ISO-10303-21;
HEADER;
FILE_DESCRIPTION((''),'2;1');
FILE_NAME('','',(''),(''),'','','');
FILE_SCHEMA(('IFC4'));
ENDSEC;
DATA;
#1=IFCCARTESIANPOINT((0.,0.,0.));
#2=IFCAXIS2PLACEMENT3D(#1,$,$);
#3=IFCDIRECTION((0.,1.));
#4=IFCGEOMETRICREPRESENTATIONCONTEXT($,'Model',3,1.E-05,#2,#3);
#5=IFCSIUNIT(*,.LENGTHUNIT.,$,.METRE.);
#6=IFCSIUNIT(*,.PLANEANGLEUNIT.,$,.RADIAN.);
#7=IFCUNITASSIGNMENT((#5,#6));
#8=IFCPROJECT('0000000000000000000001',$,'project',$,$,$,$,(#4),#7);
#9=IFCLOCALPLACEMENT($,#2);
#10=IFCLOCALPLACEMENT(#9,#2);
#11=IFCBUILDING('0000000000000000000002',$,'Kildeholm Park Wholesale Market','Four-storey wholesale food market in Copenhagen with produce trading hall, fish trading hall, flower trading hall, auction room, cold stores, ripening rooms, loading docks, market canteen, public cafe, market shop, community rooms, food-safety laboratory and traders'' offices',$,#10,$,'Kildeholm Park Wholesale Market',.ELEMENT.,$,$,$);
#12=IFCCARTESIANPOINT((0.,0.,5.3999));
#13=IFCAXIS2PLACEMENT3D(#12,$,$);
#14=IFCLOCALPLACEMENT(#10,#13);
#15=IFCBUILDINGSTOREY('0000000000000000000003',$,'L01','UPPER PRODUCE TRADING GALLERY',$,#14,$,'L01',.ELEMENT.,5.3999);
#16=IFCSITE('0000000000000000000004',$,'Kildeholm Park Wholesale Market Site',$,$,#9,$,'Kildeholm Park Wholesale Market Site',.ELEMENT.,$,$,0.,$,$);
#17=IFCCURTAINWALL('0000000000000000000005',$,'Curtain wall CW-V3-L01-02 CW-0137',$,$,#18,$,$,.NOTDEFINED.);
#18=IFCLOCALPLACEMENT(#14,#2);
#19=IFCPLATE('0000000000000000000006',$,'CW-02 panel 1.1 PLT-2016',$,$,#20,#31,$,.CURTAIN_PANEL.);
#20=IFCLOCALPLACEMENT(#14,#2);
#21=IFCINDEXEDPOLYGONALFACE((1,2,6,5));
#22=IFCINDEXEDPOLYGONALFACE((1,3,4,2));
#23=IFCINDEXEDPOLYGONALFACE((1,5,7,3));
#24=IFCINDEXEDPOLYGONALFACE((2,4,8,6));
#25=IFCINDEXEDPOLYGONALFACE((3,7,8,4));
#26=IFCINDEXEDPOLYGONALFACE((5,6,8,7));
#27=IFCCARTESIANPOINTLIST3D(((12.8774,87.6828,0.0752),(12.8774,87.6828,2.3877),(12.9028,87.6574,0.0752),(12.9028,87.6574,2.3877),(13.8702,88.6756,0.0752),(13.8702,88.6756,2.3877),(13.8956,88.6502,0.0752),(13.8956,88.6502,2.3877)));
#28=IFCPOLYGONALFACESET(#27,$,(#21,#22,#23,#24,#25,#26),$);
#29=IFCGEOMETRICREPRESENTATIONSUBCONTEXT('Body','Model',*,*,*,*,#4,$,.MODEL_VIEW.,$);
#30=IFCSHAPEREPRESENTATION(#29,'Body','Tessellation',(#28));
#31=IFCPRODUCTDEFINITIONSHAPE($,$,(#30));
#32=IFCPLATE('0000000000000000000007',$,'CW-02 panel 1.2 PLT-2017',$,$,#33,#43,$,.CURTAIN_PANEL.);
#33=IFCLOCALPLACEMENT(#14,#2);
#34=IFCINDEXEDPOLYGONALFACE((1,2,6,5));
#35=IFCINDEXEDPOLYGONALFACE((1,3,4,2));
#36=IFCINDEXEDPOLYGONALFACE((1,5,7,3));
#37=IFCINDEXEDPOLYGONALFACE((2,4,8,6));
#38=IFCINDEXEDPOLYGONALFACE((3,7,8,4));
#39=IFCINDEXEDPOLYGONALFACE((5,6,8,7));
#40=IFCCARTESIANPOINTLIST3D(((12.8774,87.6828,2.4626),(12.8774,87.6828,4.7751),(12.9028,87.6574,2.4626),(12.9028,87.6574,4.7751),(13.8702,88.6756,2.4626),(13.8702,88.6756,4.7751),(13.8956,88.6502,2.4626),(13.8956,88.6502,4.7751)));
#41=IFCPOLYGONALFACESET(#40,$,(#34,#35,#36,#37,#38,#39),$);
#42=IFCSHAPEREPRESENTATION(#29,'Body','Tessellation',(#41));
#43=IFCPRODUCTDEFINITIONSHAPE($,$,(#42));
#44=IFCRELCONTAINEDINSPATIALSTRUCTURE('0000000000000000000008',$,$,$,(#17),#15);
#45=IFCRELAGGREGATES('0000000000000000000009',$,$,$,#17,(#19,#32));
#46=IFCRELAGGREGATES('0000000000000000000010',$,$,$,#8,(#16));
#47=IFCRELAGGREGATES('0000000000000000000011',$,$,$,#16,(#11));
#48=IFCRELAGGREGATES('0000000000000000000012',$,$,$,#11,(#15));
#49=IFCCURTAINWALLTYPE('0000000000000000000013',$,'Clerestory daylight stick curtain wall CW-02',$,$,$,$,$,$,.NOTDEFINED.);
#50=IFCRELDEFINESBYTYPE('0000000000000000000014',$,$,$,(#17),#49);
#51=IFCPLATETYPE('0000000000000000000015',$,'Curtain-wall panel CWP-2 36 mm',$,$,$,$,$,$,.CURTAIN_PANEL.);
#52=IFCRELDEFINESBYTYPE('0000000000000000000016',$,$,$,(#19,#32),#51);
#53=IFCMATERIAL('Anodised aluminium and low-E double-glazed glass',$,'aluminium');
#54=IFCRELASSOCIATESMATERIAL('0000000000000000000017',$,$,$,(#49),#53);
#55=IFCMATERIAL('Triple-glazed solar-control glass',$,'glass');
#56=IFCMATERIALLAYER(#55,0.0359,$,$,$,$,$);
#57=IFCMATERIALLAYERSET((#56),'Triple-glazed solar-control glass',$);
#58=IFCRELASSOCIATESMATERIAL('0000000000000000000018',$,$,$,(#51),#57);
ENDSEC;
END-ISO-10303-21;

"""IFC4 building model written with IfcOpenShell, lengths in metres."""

from ifc_helpers import new_model, si_unit, direction, frame, origin, origin_2d, place, context, subcontext, project, spatial, rectangle, extrude, material, layer, layer_set, type_object, element, aggregate, save


model = new_model("IFC4")

# Units and contexts
model_context = context("Model", 3, precision=1e-05, world=origin(), true_north=direction((0.0, 1.0)))
body_context = subcontext(model_context, "Body", "Model", "MODEL_VIEW")
ifc_project = project(units=[si_unit("LENGTHUNIT", "METRE"), si_unit("PLANEANGLEUNIT", "RADIAN")], contexts=[model_context])

# Site, building, storey
site_placement = place(None, origin())
site = spatial("IfcSite", under=ifc_project, at=site_placement, Name="Kildeholm Park Wholesale Market Site", LongName="Kildeholm Park Wholesale Market Site", CompositionType="ELEMENT", RefElevation=0.0)
building_placement = place(site_placement, origin())
building = spatial("IfcBuilding", under=site, at=building_placement, Name="Kildeholm Park Wholesale Market", Description="Four-storey wholesale food market in Copenhagen with produce trading hall, fish trading hall, flower trading hall, auction room, cold stores, ripening rooms, loading docks, market canteen, public cafe, market shop, community rooms, food-safety laboratory and traders' offices", LongName="Kildeholm Park Wholesale Market", CompositionType="ELEMENT")
storey_placement = place(building_placement, frame((0.0, 0.0, 5.3999)))
storey = spatial("IfcBuildingStorey", under=building, at=storey_placement, Name="L01", Description="UPPER PRODUCE TRADING GALLERY", LongName="L01", CompositionType="ELEMENT", Elevation=5.3999)

# Curtain wall
ifc_material_1 = material(Name="Anodised aluminium and low-E double-glazed glass", Category="aluminium")
curtain_wall_type = type_object("IfcCurtainWallType", Name="Clerestory daylight stick curtain wall CW-02", PredefinedType="NOTDEFINED", material=ifc_material_1)
curtain_wall_1_placement = place(storey_placement, origin())
curtain_wall_1 = element("IfcCurtainWall", 1, at=curtain_wall_1_placement, inside=storey, type_object=curtain_wall_type, Name="Curtain wall CW-V3-L01-02 CW-0137", PredefinedType="NOTDEFINED")

# Plates
ifc_material_2 = material(Name="Triple-glazed solar-control glass", Category="glass")
ifc_layer = layer(ifc_material_2, 0.0359)
ifc_layer_set = layer_set([ifc_layer], Name="Triple-glazed solar-control glass")
plate_type = type_object("IfcPlateType", Name="Curtain-wall panel CWP-2 36 mm", PredefinedType="CURTAIN_PANEL", material=ifc_layer_set)
plate_1_placement = place(storey_placement, frame((13.3865, 88.1665, 0.0752), z_axis=(0.0, 0.0, 1.0), x_axis=(-0.707107, -0.707107, 0.0)))
plate_1 = element("IfcPlate", 2, at=plate_1_placement, type_object=plate_type, Name="CW-02 panel 1.1 PLT-2016", PredefinedType="CURTAIN_PANEL", context=body_context, shape_type="SweptSolid", body=[
    extrude(rectangle(XDim=1.4041, YDim=0.0359, at=origin_2d()), origin(), (0.0, 0.0, 1.0), 2.3125),
])
plate_2_placement = place(storey_placement, frame((13.3865, 88.1665, 2.4626), z_axis=(0.0, 0.0, 1.0), x_axis=(-0.707107, -0.707107, 0.0)))
plate_2 = element("IfcPlate", 3, at=plate_2_placement, type_object=plate_type, Name="CW-02 panel 1.2 PLT-2017", PredefinedType="CURTAIN_PANEL", context=body_context, shape_type="SweptSolid", body=[
    extrude(rectangle(XDim=1.4041, YDim=0.0359, at=origin_2d()), origin(), (0.0, 0.0, 1.0), 2.3125),
])
aggregate(curtain_wall_1, [plate_1, plate_2])

save(model, "model.ifc")
